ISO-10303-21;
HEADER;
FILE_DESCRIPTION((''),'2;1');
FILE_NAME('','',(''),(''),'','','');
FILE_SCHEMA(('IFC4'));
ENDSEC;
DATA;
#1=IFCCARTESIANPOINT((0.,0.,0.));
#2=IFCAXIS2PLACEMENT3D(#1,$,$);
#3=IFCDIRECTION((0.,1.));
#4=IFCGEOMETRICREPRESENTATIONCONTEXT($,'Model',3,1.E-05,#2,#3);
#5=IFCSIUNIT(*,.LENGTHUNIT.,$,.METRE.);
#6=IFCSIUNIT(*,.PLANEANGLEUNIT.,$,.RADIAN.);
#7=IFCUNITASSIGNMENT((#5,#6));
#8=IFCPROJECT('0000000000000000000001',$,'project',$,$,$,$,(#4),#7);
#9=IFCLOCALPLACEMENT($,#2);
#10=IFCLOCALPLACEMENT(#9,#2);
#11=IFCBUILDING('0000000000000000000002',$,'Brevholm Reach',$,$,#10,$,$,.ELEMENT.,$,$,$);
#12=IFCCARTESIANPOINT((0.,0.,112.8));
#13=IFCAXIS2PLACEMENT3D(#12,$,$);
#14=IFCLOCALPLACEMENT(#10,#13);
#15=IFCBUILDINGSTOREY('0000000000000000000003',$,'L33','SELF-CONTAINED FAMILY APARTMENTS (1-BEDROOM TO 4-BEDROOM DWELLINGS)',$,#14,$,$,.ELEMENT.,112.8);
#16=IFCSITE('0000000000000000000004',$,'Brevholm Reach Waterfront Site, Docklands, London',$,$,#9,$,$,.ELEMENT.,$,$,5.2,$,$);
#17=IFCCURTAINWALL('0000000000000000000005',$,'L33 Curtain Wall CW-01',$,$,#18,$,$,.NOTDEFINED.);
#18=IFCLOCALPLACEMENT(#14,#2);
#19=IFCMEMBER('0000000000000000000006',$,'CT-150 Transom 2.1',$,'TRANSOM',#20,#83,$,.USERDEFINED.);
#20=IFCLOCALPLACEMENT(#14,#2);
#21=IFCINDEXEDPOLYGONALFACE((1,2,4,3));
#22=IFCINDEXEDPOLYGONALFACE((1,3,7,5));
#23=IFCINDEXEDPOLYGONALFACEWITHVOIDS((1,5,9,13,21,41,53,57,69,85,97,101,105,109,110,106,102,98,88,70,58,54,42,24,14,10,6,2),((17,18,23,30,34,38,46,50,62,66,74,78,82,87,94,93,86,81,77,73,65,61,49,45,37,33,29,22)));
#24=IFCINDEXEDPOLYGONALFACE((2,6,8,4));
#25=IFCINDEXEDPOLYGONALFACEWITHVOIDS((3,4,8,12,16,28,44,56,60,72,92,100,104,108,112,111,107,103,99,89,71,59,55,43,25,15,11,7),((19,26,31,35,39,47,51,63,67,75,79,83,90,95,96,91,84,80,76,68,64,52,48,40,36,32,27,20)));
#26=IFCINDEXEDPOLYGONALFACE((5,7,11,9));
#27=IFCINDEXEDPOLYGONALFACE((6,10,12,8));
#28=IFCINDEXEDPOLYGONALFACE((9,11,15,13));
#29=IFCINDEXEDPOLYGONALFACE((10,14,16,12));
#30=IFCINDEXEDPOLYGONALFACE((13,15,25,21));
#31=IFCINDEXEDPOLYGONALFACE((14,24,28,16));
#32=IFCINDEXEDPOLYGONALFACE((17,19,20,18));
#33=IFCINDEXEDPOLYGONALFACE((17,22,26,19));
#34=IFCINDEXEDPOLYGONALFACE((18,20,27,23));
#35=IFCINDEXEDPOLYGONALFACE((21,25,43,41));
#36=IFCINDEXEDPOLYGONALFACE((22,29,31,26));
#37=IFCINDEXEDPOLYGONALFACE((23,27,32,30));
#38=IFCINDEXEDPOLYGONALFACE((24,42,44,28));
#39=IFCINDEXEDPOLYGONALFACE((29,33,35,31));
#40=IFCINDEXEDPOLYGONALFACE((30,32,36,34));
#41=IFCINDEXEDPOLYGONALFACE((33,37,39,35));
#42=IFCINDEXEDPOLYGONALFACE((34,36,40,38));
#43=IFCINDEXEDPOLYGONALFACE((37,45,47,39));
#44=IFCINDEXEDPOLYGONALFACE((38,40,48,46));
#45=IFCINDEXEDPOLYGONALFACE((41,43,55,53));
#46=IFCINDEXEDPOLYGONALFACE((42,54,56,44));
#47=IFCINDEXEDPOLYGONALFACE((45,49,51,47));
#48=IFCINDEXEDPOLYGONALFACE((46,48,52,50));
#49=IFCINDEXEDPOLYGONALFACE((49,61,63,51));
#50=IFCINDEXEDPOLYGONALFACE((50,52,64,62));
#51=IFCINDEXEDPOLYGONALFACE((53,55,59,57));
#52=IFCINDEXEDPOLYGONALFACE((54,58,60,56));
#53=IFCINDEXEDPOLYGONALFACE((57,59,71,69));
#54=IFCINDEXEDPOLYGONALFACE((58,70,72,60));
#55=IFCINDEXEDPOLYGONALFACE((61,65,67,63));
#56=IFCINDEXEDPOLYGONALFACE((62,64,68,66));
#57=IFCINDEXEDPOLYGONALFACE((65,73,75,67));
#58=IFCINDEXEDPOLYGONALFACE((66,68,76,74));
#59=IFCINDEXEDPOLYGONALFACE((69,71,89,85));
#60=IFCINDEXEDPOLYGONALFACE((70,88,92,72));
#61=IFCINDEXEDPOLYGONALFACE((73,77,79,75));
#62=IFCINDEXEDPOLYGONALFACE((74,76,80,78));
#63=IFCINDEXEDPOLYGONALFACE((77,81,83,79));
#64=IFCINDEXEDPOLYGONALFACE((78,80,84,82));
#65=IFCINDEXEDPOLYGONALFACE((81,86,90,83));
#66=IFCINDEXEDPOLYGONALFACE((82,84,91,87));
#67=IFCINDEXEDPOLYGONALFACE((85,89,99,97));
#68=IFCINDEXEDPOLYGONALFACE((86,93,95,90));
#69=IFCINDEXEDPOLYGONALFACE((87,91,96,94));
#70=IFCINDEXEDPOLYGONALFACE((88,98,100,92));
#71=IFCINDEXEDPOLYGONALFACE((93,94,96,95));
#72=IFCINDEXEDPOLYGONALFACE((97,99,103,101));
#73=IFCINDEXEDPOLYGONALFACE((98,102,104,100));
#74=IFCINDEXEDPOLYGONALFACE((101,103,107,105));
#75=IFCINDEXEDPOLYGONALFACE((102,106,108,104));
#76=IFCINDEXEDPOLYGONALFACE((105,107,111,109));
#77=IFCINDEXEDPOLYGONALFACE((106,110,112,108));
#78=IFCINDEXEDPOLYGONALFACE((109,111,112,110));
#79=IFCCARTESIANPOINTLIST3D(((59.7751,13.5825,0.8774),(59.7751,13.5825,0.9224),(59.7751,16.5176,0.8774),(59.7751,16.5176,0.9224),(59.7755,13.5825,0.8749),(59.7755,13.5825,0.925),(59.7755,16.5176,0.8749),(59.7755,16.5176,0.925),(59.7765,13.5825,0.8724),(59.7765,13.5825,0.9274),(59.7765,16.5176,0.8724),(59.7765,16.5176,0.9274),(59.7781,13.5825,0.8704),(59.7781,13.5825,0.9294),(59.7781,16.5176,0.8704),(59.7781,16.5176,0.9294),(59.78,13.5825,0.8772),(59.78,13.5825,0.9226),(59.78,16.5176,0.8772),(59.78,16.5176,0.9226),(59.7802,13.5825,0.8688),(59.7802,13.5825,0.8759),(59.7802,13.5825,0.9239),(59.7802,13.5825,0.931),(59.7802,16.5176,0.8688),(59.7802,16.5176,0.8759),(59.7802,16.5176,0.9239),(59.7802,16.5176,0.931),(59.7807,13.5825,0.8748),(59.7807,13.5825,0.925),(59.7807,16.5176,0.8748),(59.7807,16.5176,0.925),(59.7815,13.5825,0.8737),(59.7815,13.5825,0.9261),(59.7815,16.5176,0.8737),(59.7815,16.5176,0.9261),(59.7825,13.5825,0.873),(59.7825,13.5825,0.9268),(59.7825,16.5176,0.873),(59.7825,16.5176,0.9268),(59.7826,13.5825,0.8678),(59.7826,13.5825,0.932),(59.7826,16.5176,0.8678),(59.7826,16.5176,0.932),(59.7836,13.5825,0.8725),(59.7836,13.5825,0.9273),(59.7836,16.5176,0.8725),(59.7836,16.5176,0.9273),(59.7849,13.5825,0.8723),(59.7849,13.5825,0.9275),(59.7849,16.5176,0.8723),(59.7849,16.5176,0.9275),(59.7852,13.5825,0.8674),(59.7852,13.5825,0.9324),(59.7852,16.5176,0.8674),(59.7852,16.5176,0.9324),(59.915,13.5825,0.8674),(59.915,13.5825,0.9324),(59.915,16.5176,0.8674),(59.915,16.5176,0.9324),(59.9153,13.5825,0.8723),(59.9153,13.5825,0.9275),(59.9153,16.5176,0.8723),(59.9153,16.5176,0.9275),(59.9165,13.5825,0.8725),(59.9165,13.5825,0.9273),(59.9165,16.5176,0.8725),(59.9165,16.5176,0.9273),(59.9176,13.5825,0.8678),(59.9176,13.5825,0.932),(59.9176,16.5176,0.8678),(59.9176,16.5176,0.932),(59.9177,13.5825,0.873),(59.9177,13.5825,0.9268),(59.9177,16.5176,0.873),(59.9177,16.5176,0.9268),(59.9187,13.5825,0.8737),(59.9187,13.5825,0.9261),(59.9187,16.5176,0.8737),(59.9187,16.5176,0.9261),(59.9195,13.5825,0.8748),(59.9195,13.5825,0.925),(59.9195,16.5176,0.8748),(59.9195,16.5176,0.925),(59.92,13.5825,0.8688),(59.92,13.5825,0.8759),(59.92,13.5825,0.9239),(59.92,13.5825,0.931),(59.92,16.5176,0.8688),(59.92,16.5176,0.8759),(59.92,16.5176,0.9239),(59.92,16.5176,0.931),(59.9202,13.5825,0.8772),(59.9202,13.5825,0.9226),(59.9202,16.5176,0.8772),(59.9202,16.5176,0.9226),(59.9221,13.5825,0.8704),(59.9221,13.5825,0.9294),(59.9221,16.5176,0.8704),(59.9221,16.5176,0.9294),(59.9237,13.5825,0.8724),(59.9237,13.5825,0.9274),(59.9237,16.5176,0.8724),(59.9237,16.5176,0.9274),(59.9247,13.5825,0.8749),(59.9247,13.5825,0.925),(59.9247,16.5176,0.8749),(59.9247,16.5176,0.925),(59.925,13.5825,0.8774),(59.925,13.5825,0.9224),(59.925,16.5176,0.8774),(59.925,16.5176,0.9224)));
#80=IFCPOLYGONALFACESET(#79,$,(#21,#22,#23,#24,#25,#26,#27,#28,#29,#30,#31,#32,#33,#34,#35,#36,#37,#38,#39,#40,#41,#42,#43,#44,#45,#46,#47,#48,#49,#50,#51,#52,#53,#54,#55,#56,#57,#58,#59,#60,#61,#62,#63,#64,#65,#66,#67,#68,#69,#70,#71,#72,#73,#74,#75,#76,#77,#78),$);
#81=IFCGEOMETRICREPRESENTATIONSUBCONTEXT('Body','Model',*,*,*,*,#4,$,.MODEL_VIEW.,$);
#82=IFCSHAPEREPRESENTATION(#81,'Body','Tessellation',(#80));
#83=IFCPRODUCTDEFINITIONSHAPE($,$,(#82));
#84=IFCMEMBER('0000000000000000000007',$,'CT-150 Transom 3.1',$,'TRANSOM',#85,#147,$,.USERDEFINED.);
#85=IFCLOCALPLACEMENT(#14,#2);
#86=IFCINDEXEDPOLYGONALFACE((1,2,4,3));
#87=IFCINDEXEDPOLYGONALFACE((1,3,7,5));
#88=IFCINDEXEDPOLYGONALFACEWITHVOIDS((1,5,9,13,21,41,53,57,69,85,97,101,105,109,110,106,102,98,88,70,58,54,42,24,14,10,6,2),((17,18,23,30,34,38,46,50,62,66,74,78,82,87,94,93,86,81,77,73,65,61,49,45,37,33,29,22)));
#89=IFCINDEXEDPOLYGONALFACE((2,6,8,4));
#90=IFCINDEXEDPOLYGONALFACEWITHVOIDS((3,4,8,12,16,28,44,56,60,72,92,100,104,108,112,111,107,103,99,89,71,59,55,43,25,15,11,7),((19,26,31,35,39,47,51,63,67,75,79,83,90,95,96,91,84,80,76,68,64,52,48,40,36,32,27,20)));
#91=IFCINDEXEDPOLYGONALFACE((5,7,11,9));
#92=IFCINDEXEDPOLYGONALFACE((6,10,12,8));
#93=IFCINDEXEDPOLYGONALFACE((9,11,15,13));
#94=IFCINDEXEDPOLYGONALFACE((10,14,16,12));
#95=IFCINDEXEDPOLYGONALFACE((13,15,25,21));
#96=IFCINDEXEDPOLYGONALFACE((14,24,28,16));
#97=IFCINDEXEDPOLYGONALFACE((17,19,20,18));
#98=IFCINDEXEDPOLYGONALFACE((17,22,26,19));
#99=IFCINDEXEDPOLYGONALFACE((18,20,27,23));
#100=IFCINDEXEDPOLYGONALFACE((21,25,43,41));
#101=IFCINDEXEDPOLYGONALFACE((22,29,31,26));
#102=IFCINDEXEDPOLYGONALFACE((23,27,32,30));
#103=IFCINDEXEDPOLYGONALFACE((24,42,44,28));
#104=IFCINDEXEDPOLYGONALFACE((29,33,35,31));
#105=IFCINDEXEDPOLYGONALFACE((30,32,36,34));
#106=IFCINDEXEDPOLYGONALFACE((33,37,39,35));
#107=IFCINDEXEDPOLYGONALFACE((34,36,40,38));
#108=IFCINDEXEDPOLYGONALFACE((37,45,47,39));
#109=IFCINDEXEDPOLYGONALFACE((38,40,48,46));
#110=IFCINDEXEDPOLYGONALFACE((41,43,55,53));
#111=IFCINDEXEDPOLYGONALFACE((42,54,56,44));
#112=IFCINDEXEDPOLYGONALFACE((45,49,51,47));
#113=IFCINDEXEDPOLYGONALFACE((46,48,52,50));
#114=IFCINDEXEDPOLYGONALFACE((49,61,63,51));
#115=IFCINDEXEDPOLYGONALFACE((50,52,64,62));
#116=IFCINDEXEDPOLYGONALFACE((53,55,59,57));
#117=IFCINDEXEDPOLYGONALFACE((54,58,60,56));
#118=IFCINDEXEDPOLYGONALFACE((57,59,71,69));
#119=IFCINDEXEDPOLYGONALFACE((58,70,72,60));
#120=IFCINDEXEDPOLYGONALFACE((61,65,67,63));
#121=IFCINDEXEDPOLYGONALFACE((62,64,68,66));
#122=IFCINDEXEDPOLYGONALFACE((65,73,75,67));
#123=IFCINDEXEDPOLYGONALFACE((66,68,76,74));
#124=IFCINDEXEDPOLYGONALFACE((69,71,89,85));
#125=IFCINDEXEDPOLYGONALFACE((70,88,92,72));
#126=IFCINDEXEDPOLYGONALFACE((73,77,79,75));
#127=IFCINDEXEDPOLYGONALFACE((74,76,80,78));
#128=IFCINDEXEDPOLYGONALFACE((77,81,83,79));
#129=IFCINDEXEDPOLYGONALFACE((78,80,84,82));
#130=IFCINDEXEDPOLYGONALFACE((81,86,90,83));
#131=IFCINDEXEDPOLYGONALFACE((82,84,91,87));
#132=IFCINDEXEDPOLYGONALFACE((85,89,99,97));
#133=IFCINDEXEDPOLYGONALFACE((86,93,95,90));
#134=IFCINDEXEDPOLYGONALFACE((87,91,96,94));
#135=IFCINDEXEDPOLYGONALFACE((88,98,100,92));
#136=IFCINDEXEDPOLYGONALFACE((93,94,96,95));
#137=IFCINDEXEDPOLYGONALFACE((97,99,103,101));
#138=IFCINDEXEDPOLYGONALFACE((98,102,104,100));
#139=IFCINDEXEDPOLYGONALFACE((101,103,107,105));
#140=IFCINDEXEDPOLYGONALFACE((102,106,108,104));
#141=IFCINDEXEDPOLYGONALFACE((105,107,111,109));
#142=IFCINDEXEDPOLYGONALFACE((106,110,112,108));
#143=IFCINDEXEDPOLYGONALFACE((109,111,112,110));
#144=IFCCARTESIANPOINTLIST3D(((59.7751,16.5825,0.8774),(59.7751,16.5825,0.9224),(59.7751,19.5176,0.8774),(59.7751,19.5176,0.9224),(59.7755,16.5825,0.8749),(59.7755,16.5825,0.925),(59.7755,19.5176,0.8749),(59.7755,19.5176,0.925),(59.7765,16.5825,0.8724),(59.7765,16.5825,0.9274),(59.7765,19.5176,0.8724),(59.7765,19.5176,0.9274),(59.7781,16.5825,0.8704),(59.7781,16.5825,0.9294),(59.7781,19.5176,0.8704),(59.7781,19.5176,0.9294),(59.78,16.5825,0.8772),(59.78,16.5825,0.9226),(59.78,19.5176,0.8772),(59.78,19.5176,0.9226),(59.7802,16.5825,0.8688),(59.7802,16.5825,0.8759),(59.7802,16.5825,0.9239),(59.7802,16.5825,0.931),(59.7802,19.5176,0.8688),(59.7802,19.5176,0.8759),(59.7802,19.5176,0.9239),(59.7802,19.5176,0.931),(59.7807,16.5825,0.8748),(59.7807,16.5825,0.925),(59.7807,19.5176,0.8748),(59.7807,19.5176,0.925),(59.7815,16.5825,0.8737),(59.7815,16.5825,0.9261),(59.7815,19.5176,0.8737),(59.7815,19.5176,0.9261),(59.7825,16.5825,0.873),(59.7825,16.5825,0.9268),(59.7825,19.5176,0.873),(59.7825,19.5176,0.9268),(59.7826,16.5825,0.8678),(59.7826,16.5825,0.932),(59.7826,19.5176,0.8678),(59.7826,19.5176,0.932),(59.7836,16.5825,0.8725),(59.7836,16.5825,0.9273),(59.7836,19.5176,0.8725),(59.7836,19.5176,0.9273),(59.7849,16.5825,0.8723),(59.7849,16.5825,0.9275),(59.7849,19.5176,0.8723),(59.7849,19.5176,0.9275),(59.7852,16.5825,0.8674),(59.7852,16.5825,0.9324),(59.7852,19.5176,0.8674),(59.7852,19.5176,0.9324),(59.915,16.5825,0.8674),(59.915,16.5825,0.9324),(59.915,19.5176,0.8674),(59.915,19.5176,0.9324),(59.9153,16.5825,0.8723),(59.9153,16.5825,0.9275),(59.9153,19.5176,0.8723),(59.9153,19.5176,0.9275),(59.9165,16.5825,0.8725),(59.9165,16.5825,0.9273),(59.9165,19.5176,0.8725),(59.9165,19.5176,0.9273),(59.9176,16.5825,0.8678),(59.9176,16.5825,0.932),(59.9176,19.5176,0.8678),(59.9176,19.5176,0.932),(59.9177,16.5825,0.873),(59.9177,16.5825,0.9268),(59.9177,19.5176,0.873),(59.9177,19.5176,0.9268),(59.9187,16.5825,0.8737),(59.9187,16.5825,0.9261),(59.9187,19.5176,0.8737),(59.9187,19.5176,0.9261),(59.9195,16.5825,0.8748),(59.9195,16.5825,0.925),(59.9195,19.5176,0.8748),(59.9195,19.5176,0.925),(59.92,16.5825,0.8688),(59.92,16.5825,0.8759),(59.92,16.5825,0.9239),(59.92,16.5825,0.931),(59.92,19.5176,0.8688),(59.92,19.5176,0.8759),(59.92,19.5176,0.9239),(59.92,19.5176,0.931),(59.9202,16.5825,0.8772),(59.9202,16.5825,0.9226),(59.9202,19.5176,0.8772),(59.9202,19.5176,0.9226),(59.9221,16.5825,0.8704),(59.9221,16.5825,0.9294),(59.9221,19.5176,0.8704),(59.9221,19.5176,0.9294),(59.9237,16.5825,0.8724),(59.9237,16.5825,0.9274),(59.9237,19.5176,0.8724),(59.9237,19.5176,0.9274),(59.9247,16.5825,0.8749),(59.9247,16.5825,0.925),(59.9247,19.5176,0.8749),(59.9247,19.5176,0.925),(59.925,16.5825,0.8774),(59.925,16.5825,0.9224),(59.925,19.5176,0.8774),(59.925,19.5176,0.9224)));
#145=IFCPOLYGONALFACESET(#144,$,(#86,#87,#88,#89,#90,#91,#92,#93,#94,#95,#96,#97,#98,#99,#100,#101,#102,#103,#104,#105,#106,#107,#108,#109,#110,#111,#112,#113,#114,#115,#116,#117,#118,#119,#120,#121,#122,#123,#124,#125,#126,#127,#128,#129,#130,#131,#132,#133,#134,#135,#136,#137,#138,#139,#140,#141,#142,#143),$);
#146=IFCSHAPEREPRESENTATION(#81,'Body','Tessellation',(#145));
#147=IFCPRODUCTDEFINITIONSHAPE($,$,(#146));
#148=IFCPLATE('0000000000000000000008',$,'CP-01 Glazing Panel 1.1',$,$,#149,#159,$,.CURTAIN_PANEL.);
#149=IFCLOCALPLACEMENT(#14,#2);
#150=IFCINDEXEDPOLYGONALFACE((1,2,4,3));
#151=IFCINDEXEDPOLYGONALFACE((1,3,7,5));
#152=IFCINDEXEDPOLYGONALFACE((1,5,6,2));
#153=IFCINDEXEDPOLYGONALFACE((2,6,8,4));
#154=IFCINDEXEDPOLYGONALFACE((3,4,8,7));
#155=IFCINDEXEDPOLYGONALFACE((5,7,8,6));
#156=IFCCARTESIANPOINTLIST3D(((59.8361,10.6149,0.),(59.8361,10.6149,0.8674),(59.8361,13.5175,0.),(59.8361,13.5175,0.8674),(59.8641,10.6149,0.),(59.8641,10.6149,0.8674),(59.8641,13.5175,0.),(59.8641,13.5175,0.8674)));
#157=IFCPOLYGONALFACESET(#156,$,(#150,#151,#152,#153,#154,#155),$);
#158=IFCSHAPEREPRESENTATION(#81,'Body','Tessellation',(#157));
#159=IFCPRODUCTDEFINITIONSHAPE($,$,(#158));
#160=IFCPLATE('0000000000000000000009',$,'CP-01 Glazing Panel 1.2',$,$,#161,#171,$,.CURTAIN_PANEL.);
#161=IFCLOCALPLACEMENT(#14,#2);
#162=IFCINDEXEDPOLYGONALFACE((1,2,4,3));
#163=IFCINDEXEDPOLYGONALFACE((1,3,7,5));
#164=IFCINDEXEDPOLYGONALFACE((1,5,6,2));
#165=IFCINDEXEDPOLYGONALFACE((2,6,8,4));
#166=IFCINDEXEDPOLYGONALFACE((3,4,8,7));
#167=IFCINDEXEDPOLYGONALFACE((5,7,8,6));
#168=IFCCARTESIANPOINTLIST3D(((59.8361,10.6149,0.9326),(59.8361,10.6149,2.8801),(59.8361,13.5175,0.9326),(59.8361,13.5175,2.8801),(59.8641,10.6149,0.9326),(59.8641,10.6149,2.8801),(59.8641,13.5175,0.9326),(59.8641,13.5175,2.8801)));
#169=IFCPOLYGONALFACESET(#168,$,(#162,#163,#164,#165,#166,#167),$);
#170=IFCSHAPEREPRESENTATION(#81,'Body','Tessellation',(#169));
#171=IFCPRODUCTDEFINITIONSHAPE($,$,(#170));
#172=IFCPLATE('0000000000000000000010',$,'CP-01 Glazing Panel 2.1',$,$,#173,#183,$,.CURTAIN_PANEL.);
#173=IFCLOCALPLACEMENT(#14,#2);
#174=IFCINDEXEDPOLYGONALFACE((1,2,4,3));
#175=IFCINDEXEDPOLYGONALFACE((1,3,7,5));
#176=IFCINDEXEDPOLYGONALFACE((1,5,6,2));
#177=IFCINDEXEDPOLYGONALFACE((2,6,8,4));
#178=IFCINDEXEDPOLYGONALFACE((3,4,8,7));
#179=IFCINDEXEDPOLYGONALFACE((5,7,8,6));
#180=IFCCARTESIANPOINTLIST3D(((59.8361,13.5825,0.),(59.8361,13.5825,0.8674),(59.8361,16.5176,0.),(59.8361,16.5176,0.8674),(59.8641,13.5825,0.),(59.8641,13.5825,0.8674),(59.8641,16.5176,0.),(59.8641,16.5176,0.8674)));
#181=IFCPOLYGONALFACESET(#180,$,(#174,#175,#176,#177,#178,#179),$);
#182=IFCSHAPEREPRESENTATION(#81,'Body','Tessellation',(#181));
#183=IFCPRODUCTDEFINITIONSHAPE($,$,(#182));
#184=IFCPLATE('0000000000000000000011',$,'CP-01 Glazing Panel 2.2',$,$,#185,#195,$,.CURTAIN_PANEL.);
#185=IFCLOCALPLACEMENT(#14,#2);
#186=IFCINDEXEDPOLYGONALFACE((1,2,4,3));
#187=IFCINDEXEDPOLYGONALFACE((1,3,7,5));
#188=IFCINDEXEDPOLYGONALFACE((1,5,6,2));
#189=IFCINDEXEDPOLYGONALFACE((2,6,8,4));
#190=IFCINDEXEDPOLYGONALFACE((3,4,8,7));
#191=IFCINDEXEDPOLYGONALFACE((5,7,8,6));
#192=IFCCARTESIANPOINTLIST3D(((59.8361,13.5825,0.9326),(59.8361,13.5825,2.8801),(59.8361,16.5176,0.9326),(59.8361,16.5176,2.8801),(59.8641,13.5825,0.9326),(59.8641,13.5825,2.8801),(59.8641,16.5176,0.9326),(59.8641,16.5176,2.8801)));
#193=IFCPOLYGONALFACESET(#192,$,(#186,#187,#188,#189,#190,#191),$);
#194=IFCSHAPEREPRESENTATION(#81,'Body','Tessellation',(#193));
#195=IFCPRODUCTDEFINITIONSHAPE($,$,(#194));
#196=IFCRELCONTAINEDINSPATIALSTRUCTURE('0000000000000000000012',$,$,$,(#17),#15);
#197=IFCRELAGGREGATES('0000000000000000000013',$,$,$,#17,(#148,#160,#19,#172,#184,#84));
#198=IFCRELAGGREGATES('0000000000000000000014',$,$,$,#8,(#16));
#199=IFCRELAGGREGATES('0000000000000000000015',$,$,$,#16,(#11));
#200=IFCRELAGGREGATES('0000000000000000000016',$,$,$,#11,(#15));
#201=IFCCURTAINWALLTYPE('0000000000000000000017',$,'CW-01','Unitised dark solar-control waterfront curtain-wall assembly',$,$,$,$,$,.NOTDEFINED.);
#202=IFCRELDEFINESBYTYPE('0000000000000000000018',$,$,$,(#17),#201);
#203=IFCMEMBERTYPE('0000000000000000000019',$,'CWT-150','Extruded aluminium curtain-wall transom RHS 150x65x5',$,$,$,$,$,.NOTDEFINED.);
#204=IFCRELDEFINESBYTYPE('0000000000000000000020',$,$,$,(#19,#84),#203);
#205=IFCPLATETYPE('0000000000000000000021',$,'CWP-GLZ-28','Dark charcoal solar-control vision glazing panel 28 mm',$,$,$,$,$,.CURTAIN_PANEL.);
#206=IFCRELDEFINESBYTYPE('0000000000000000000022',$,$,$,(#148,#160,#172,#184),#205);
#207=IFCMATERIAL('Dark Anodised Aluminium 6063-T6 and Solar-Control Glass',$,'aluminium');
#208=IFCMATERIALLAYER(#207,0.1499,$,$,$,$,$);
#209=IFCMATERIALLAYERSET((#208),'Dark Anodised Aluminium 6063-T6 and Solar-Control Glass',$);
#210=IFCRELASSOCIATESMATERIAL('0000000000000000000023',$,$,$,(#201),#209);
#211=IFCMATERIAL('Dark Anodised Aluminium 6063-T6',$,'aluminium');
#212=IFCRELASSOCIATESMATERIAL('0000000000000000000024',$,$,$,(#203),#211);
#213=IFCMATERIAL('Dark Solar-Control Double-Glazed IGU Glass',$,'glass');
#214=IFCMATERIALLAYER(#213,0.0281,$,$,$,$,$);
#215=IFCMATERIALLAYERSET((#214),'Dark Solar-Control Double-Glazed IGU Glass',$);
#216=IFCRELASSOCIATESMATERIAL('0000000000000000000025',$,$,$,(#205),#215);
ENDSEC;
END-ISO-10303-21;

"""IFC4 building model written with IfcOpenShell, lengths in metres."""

from ifc_helpers import new_model, si_unit, direction, frame, origin, origin_2d, place, context, subcontext, project, spatial, rectangle, hollow_rectangle, extrude, material, layer, layer_set, material_profile, profile_set, type_object, element, aggregate, save


model = new_model("IFC4")

# Units and contexts
model_context = context("Model", 3, precision=1e-05, world=origin(), true_north=direction((0.0, 1.0)))
body_context = subcontext(model_context, "Body", "Model", "MODEL_VIEW")
ifc_project = project(units=[si_unit("LENGTHUNIT", "METRE"), si_unit("PLANEANGLEUNIT", "RADIAN")], contexts=[model_context])

# Site, building, storey
site_placement = place(None, origin())
site = spatial("IfcSite", under=ifc_project, at=site_placement, Name="Brevholm Reach Waterfront Site, Docklands, London", CompositionType="ELEMENT", RefElevation=5.2)
building_placement = place(site_placement, origin())
building = spatial("IfcBuilding", under=site, at=building_placement, Name="Brevholm Reach", CompositionType="ELEMENT")
storey_placement = place(building_placement, frame((0.0, 0.0, 112.8)))
storey = spatial("IfcBuildingStorey", under=building, at=storey_placement, Name="L33", Description="SELF-CONTAINED FAMILY APARTMENTS (1-BEDROOM TO 4-BEDROOM DWELLINGS)", CompositionType="ELEMENT", Elevation=112.8)

# Curtain wall, members, plates
ifc_material_1 = material(Name="Dark Anodised Aluminium 6063-T6 and Solar-Control Glass", Category="aluminium")
ifc_layer_1 = layer(ifc_material_1, 0.1499)
ifc_layer_set_1 = layer_set([ifc_layer_1], Name="Dark Anodised Aluminium 6063-T6 and Solar-Control Glass")
curtain_wall_type = type_object("IfcCurtainWallType", Name="CW-01", Description="Unitised dark solar-control waterfront curtain-wall assembly", PredefinedType="NOTDEFINED", material=ifc_layer_set_1)
curtain_wall_placement = place(storey_placement, origin())
curtain_wall = element("IfcCurtainWall", 1, at=curtain_wall_placement, inside=storey, type_object=curtain_wall_type, Name="L33 Curtain Wall CW-01", PredefinedType="NOTDEFINED")
ifc_material_2 = material(Name="Dark Anodised Aluminium 6063-T6", Category="aluminium")
ifc_material_profile_1 = material_profile(ifc_material_2, hollow_rectangle(XDim=0.0649, YDim=0.1499, WallThickness=0.0049, InnerFilletRadius=0.0049, OuterFilletRadius=0.01, at=origin_2d()), Name="RHS 150x65x5")
ifc_profile_set_1 = profile_set([ifc_material_profile_1], Name="Dark Anodised Aluminium 6063-T6")
member_type_1 = type_object("IfcMemberType", Name="CWT-150", Description="Extruded aluminium curtain-wall transom RHS 150x65x5", PredefinedType="NOTDEFINED", material=ifc_profile_set_1)
member_1_placement = place(storey_placement, frame((59.8501, 13.5825, 0.8999), z_axis=(0.0, 1.0, 0.0), x_axis=(0.0, 0.0, 1.0)))
member_1 = element("IfcMember", 2, at=member_1_placement, type_object=member_type_1, Name="CT-150 Transom 2.1", ObjectType="TRANSOM", PredefinedType="USERDEFINED", context=body_context, shape_type="SweptSolid", body=[
    extrude(hollow_rectangle(XDim=0.0649, YDim=0.1499, WallThickness=0.0049, InnerFilletRadius=0.0049, OuterFilletRadius=0.01, at=origin_2d()), origin(), (0.0, 0.0, 1.0), 2.9351),
])
member_2_placement = place(storey_placement, frame((59.8501, 16.5825, 0.8999), z_axis=(0.0, 1.0, 0.0), x_axis=(0.0, 0.0, 1.0)))
member_2 = element("IfcMember", 3, at=member_2_placement, type_object=member_type_1, Name="CT-150 Transom 3.1", ObjectType="TRANSOM", PredefinedType="USERDEFINED", context=body_context, shape_type="SweptSolid", body=[
    extrude(hollow_rectangle(XDim=0.0649, YDim=0.1499, WallThickness=0.0049, InnerFilletRadius=0.0049, OuterFilletRadius=0.01, at=origin_2d()), origin(), (0.0, 0.0, 1.0), 2.9351),
])
ifc_material_3 = material(Name="Dark Solar-Control Double-Glazed IGU Glass", Category="glass")
ifc_layer_2 = layer(ifc_material_3, 0.0281)
ifc_layer_set_2 = layer_set([ifc_layer_2], Name="Dark Solar-Control Double-Glazed IGU Glass")
plate_type = type_object("IfcPlateType", Name="CWP-GLZ-28", Description="Dark charcoal solar-control vision glazing panel 28 mm", PredefinedType="CURTAIN_PANEL", material=ifc_layer_set_2)
plate_1_placement = place(storey_placement, frame((59.8501, 12.0662, 0.0), z_axis=(0.0, 0.0, 1.0), x_axis=(0.0, 1.0, 0.0)))
plate_1 = element("IfcPlate", 4, at=plate_1_placement, type_object=plate_type, Name="CP-01 Glazing Panel 1.1", PredefinedType="CURTAIN_PANEL", context=body_context, shape_type="SweptSolid", body=[
    extrude(rectangle(XDim=2.9026, YDim=0.0281, at=origin_2d()), origin(), (0.0, 0.0, 1.0), 0.8674),
])
plate_2_placement = place(storey_placement, frame((59.8501, 12.0662, 0.9326), z_axis=(0.0, 0.0, 1.0), x_axis=(0.0, 1.0, 0.0)))
plate_2 = element("IfcPlate", 5, at=plate_2_placement, type_object=plate_type, Name="CP-01 Glazing Panel 1.2", PredefinedType="CURTAIN_PANEL", context=body_context, shape_type="SweptSolid", body=[
    extrude(rectangle(XDim=2.9026, YDim=0.0281, at=origin_2d()), origin(), (0.0, 0.0, 1.0), 1.9475),
])
plate_3_placement = place(storey_placement, frame((59.8501, 15.05, 0.0), z_axis=(0.0, 0.0, 1.0), x_axis=(0.0, 1.0, 0.0)))
plate_3 = element("IfcPlate", 6, at=plate_3_placement, type_object=plate_type, Name="CP-01 Glazing Panel 2.1", PredefinedType="CURTAIN_PANEL", context=body_context, shape_type="SweptSolid", body=[
    extrude(rectangle(XDim=2.9351, YDim=0.0281, at=origin_2d()), origin(), (0.0, 0.0, 1.0), 0.8674),
])
plate_4_placement = place(storey_placement, frame((59.8501, 15.05, 0.9326), z_axis=(0.0, 0.0, 1.0), x_axis=(0.0, 1.0, 0.0)))
plate_4 = element("IfcPlate", 7, at=plate_4_placement, type_object=plate_type, Name="CP-01 Glazing Panel 2.2", PredefinedType="CURTAIN_PANEL", context=body_context, shape_type="SweptSolid", body=[
    extrude(rectangle(XDim=2.9351, YDim=0.0281, at=origin_2d()), origin(), (0.0, 0.0, 1.0), 1.9475),
])
aggregate(curtain_wall, [plate_1, plate_2, member_1, plate_3, plate_4, member_2])

save(model, "model.ifc")
